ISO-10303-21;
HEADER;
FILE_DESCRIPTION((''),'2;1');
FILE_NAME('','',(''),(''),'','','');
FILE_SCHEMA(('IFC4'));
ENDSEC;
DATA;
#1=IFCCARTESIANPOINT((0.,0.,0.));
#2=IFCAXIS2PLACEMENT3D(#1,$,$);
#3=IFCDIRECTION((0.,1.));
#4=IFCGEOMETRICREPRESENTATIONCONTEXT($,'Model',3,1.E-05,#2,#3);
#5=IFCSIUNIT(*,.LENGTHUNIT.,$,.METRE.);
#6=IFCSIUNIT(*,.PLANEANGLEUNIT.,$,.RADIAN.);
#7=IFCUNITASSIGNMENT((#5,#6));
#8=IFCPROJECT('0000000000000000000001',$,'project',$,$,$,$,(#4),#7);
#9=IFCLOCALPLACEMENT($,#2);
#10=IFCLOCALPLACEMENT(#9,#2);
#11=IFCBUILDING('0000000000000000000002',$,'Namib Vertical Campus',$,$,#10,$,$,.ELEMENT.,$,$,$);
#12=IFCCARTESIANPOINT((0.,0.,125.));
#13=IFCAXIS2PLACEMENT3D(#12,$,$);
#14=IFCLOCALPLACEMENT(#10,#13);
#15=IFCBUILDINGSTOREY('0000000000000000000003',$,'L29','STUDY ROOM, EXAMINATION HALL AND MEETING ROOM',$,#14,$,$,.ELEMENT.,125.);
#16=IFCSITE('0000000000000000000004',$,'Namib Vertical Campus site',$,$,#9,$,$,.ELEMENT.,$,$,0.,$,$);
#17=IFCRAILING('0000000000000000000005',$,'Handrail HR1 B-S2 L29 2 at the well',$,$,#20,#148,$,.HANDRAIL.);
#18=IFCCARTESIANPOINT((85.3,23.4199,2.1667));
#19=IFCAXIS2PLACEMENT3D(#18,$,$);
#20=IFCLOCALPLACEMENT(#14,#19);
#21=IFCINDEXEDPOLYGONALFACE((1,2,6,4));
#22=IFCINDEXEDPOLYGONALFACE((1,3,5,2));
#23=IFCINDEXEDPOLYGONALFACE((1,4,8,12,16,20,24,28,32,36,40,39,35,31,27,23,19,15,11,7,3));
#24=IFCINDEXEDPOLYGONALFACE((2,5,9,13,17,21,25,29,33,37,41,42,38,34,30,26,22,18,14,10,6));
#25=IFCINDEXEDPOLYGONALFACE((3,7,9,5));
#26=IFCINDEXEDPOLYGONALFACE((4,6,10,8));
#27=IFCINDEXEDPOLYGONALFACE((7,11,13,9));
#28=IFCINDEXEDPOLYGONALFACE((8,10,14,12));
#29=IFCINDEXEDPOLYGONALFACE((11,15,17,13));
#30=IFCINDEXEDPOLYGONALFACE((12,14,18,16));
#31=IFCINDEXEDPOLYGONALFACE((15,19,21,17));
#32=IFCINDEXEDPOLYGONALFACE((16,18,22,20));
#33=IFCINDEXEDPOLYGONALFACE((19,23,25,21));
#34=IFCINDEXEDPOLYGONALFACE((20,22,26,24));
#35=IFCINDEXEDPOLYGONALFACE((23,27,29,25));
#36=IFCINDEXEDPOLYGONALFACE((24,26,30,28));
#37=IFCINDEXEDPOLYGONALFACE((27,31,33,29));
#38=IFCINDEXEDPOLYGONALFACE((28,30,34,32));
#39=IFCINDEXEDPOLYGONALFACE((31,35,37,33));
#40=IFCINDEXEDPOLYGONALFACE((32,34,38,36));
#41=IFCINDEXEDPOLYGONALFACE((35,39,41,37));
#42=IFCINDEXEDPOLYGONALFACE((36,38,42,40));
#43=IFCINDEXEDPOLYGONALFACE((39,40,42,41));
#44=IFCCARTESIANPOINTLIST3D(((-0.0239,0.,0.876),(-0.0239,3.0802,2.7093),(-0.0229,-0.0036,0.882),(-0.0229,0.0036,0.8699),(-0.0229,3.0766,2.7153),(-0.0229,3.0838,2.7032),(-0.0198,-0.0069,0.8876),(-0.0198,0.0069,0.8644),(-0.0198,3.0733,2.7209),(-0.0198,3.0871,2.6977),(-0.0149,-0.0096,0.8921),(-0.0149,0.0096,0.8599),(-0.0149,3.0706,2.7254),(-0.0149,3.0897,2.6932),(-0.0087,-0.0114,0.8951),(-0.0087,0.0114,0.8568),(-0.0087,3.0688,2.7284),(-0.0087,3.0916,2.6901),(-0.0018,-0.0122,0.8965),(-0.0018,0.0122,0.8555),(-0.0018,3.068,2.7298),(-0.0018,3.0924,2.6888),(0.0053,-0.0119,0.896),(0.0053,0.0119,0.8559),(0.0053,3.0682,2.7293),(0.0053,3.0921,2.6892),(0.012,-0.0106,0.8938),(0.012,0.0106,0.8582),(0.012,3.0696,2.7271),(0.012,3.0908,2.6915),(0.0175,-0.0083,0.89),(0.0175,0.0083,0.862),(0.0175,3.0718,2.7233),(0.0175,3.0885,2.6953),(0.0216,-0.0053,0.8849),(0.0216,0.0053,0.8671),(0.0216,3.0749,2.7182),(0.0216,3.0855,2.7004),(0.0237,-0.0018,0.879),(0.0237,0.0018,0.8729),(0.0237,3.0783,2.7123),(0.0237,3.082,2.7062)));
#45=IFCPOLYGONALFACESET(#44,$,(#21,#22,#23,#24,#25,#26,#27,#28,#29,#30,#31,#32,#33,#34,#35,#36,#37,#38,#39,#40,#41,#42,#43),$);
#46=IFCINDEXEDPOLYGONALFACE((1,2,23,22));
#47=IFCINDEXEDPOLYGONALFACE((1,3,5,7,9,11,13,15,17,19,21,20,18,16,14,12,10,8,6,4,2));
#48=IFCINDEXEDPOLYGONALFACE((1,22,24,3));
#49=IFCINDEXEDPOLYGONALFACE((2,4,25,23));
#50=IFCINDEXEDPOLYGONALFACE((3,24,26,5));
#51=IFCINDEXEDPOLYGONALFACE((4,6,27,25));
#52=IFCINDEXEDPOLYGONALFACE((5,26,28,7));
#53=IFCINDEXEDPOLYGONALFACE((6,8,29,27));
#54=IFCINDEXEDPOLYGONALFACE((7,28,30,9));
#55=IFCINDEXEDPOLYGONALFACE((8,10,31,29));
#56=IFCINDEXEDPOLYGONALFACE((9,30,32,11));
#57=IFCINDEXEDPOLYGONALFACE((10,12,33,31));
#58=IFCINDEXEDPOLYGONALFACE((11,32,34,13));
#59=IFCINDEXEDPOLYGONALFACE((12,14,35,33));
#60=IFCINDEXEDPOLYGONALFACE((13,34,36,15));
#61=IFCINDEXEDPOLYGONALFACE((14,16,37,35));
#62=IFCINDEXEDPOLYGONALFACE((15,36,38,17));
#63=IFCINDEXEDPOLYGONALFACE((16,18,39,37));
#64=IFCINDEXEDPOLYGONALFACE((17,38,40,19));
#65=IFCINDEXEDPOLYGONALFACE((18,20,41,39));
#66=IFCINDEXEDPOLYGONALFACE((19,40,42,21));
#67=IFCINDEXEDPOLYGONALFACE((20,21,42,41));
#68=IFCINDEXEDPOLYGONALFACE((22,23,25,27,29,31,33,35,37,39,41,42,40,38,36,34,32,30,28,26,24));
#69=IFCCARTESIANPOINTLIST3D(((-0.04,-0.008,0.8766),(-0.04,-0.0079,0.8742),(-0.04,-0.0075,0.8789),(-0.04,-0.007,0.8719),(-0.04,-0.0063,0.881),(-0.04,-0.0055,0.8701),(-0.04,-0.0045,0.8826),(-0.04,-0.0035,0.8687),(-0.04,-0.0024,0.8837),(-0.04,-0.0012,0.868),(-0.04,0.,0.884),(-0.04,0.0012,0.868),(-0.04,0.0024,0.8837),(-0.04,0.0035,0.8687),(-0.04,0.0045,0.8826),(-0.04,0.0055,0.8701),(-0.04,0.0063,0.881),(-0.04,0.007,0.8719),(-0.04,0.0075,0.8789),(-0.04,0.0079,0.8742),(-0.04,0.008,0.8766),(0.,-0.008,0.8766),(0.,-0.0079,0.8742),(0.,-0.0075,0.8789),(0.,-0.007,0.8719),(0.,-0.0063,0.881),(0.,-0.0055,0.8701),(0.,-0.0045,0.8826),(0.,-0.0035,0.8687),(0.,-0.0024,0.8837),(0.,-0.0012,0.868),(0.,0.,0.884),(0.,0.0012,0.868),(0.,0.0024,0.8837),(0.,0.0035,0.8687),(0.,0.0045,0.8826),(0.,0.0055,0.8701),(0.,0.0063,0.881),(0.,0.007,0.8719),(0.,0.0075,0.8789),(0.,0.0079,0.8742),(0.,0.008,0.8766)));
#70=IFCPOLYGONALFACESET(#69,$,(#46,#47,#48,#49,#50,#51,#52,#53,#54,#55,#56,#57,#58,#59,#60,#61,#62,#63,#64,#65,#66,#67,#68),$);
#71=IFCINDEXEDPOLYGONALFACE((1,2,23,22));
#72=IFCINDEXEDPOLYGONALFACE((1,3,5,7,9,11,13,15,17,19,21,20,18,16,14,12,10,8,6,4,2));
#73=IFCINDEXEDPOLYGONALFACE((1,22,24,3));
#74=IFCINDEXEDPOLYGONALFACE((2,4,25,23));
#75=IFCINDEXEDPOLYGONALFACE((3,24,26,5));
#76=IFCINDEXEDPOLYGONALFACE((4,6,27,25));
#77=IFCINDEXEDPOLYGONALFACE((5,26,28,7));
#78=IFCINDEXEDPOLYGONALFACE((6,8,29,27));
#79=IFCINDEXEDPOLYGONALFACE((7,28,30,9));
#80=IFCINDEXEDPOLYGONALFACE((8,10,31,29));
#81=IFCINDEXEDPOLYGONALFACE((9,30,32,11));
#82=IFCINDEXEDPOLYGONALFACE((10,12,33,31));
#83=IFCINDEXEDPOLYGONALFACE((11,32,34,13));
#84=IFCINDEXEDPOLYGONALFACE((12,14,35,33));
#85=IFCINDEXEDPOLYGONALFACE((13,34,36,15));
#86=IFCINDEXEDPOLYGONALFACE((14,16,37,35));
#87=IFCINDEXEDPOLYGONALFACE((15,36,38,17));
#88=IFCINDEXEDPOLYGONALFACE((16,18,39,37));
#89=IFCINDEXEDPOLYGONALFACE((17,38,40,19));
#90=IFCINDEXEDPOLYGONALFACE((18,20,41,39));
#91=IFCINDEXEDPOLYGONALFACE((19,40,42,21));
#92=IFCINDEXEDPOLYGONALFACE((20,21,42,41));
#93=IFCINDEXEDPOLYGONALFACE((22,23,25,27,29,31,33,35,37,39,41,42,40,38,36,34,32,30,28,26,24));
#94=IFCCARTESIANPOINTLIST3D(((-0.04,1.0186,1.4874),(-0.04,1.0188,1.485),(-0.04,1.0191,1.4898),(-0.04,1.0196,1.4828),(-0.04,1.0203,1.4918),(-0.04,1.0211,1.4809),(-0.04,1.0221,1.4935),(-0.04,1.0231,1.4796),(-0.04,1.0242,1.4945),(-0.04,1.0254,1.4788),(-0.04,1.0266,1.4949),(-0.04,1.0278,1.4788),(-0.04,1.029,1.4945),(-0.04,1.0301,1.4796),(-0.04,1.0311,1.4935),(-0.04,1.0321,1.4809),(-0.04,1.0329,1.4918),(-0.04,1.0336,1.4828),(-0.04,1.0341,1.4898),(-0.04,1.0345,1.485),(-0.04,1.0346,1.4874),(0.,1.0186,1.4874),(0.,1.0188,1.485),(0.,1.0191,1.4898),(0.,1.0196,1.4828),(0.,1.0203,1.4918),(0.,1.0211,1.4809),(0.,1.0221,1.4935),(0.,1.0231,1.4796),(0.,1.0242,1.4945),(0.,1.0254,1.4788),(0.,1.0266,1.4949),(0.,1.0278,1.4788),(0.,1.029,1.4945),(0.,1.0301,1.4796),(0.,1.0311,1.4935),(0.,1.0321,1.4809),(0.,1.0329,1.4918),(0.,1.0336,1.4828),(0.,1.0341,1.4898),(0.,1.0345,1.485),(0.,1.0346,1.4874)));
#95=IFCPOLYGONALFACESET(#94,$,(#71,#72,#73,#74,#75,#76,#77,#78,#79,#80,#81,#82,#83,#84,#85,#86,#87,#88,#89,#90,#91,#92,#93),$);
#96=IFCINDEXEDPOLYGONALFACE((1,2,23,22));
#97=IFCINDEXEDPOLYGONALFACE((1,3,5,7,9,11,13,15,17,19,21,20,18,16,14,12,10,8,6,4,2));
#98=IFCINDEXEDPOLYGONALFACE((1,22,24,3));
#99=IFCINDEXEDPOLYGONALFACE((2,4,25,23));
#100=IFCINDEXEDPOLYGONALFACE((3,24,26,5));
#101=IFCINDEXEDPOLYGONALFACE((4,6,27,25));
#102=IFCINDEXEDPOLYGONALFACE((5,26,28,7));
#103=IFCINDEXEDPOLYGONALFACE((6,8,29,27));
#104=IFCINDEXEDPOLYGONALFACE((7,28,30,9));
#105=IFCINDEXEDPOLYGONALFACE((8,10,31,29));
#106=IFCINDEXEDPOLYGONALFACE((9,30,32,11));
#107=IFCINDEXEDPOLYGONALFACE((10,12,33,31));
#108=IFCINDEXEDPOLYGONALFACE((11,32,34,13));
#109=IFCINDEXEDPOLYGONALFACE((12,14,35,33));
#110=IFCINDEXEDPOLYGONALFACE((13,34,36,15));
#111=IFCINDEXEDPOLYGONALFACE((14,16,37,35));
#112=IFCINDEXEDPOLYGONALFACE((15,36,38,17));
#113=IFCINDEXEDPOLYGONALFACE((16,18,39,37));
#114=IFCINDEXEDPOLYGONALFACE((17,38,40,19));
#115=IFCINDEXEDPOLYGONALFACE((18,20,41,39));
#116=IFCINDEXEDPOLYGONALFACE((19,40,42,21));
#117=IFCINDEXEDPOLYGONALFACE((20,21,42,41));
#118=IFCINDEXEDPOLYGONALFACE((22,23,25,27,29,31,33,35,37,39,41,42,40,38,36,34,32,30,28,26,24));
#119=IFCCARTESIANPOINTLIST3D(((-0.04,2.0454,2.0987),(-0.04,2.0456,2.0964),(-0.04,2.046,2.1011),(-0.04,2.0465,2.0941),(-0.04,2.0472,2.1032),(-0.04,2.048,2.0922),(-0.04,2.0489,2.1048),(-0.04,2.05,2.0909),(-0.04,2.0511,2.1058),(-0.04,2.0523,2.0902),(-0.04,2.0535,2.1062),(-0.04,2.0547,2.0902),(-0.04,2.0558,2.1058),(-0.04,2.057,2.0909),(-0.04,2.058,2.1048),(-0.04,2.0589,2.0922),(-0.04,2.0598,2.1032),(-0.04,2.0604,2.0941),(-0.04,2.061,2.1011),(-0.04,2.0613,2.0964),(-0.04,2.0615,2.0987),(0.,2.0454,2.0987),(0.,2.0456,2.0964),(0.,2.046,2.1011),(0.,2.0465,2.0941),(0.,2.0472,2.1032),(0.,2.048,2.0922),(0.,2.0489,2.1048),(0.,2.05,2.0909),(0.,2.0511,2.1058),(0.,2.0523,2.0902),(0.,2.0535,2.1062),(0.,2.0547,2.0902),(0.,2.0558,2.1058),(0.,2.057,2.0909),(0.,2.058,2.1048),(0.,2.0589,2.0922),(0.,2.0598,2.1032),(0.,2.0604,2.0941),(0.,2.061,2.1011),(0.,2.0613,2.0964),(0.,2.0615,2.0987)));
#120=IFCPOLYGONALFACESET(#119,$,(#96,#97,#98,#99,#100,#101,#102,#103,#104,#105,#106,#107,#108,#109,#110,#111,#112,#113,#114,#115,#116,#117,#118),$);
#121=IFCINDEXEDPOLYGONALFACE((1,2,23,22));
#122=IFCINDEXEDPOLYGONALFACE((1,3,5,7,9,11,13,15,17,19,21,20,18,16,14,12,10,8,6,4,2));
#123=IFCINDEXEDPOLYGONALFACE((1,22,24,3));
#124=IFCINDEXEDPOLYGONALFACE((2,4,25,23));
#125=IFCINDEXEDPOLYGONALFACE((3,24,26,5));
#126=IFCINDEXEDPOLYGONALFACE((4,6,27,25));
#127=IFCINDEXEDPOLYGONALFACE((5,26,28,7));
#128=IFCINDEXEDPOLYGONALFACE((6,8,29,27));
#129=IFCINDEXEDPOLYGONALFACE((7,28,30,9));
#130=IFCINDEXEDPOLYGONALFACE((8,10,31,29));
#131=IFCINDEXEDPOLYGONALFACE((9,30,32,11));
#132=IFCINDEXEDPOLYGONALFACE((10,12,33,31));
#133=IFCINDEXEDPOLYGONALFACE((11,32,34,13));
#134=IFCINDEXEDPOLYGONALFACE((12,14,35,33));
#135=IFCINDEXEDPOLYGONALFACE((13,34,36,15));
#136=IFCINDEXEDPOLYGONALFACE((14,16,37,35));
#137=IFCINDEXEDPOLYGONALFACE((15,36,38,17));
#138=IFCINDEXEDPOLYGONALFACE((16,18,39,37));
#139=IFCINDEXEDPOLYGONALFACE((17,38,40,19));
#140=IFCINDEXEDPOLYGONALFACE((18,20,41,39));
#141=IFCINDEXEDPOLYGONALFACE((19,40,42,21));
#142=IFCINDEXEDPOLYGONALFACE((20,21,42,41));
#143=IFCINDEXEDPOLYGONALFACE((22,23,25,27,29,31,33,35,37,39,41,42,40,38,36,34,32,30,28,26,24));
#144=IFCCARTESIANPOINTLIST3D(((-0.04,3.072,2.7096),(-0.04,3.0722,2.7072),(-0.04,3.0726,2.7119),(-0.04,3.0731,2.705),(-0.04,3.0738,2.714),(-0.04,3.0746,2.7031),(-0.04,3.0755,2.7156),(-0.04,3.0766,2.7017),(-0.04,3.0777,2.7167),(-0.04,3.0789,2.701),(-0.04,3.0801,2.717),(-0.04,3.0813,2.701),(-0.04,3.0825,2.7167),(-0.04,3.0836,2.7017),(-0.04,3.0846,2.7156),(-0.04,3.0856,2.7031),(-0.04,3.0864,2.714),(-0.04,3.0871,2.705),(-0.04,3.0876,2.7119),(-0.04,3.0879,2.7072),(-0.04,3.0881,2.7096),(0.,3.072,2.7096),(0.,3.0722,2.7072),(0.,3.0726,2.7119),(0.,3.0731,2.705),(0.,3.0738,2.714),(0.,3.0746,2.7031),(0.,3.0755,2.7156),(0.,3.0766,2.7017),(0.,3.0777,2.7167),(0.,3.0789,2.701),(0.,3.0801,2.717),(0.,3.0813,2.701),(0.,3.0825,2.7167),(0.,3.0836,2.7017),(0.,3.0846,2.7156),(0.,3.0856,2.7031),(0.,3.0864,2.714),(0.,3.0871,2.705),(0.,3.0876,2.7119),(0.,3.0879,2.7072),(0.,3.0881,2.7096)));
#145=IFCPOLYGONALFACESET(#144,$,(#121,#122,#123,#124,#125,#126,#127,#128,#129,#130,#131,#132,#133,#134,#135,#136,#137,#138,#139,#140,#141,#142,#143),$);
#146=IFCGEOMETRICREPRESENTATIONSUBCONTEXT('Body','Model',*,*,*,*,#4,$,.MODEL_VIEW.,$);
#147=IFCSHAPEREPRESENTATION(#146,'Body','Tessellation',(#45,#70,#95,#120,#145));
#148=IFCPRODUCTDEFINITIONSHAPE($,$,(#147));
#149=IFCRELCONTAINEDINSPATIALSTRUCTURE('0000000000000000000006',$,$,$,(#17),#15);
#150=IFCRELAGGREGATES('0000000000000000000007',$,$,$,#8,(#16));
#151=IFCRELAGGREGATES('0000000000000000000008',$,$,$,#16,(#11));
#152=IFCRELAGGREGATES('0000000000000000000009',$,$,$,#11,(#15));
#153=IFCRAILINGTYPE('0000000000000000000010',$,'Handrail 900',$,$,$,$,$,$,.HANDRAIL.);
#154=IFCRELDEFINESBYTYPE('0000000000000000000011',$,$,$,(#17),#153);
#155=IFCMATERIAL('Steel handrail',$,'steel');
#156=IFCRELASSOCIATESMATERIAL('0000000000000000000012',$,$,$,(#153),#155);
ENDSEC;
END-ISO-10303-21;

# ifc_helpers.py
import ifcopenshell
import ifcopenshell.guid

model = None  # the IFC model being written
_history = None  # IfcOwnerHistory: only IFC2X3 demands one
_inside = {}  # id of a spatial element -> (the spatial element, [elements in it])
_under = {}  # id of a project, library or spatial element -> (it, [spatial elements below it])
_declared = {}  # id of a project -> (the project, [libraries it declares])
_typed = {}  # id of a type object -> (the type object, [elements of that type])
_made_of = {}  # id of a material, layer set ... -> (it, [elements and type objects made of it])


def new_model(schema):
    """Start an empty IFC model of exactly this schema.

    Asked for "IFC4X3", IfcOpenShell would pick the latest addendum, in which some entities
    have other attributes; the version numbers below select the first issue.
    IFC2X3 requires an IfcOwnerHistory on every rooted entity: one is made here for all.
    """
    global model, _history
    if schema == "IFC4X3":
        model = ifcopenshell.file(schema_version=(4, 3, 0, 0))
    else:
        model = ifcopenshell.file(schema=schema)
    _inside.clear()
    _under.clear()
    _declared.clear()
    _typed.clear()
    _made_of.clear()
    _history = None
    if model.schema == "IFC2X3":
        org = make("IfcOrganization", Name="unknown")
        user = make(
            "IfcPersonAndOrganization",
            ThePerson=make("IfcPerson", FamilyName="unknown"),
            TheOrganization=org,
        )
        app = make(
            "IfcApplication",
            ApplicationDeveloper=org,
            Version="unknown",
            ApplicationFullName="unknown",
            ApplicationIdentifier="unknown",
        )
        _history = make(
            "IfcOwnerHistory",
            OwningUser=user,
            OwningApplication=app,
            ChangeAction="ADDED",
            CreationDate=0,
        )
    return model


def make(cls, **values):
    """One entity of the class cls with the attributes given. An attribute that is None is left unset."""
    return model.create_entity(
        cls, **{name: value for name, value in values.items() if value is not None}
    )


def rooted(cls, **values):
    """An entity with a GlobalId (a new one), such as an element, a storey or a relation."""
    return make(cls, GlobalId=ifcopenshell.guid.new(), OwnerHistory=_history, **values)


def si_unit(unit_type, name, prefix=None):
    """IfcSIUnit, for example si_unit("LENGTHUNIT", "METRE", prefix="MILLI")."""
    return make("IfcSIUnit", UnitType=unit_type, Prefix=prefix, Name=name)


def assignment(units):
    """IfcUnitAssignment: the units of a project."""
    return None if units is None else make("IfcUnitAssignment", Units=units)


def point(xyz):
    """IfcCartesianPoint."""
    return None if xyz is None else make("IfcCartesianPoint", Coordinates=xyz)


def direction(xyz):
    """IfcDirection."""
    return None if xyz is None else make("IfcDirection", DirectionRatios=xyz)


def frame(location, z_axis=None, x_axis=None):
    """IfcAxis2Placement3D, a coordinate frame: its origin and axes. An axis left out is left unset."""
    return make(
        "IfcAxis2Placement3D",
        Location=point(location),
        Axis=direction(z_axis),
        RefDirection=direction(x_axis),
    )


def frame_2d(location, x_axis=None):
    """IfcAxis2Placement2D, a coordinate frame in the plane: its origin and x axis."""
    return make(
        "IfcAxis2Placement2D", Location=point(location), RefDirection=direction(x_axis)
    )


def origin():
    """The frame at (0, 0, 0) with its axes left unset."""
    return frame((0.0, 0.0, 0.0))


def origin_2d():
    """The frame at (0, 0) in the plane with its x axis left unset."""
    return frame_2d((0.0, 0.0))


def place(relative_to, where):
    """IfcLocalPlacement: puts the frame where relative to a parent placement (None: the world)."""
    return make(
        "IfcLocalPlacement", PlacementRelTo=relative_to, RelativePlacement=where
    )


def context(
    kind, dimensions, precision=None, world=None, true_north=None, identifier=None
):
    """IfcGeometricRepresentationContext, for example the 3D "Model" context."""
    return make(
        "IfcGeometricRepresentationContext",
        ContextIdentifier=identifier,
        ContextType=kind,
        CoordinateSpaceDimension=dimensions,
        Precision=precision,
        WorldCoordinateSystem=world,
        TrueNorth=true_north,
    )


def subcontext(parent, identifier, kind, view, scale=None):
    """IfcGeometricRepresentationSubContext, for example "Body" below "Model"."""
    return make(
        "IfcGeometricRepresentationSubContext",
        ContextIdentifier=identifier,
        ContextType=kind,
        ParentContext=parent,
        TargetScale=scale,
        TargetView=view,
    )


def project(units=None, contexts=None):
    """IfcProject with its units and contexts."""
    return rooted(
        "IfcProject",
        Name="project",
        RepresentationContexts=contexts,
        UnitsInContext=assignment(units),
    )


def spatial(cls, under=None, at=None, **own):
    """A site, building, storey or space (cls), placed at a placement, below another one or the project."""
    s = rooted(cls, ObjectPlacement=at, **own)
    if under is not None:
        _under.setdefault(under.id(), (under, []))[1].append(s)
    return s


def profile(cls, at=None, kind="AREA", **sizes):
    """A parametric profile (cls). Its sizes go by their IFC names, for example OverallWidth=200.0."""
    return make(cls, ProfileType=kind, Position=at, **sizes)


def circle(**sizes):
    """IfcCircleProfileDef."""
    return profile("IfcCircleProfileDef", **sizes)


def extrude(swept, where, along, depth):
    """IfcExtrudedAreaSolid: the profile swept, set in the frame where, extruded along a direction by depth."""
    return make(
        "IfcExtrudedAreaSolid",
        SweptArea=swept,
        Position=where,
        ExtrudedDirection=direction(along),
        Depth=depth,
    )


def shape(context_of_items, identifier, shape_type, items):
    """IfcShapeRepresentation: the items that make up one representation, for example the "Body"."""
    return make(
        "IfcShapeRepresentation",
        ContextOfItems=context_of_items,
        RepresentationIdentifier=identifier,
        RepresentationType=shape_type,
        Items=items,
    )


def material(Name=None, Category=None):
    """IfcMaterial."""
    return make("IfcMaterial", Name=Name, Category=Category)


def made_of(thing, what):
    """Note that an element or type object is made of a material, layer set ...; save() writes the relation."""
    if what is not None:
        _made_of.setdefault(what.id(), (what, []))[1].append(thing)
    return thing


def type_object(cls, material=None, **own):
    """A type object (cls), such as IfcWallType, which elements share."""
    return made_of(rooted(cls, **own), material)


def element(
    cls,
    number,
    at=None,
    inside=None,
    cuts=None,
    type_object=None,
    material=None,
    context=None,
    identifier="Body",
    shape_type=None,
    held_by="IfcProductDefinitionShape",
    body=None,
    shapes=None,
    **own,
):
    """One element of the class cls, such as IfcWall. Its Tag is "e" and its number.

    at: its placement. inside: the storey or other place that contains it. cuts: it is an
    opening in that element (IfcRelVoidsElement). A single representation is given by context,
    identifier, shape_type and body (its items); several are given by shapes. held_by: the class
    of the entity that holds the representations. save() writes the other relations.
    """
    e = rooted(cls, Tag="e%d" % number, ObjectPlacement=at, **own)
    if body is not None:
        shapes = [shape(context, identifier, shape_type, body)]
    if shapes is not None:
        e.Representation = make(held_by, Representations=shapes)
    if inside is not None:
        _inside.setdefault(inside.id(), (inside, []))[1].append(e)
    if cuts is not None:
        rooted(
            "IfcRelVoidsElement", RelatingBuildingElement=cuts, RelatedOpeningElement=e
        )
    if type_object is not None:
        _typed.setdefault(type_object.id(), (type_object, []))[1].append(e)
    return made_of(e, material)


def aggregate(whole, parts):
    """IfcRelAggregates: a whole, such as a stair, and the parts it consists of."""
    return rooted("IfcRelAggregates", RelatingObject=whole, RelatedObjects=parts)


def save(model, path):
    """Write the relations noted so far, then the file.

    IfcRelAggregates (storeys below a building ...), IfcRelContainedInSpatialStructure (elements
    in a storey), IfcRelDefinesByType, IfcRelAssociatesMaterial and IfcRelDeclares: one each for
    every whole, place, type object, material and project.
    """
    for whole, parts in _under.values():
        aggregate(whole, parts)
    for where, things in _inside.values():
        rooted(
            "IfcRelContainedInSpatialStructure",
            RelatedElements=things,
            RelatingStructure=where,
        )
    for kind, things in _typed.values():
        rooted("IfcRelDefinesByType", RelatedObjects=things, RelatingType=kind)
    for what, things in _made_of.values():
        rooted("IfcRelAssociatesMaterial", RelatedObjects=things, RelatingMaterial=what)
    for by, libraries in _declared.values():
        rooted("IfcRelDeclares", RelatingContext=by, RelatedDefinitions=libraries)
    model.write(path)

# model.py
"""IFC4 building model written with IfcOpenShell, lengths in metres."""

from ifc_helpers import new_model, si_unit, direction, frame, origin, origin_2d, place, context, subcontext, project, spatial, circle, extrude, material, type_object, element, save


model = new_model("IFC4")

# Units and contexts
model_context = context("Model", 3, precision=1e-05, world=origin(), true_north=direction((0.0, 1.0)))
body_context = subcontext(model_context, "Body", "Model", "MODEL_VIEW")
ifc_project = project(units=[si_unit("LENGTHUNIT", "METRE"), si_unit("PLANEANGLEUNIT", "RADIAN")], contexts=[model_context])

# Site, building, storey
site_placement = place(None, origin())
site = spatial("IfcSite", under=ifc_project, at=site_placement, Name="Namib Vertical Campus site", CompositionType="ELEMENT", RefElevation=0.0)
building_placement = place(site_placement, origin())
building = spatial("IfcBuilding", under=site, at=building_placement, Name="Namib Vertical Campus", CompositionType="ELEMENT")
storey_placement = place(building_placement, frame((0.0, 0.0, 125.0)))
storey = spatial("IfcBuildingStorey", under=building, at=storey_placement, Name="L29", Description="STUDY ROOM, EXAMINATION HALL AND MEETING ROOM", CompositionType="ELEMENT", Elevation=125.0)

# Railing
ifc_material_1 = material(Name="Steel handrail", Category="steel")
railing_type = type_object("IfcRailingType", Name="Handrail 900", PredefinedType="HANDRAIL", material=ifc_material_1)
railing_placement = place(storey_placement, frame((85.3, 23.4199, 2.1667)))
element("IfcRailing", 1, at=railing_placement, inside=storey, type_object=railing_type, Name="Handrail HR1 B-S2 L29 2 at the well", PredefinedType="HANDRAIL", context=body_context, shape_type="SweptSolid", body=[
    extrude(circle(Radius=0.0239, at=origin_2d()), frame((0.0, 0.0, 0.876), z_axis=(0.0, 0.859309, 0.511458), x_axis=(-1.0, 0.0, 0.0)), (0.0, 0.0, 1.0), 3.5845),
    extrude(circle(Radius=0.0081, at=origin_2d()), frame((0.0, 0.0, 0.876), z_axis=(-1.0, 0.0, 0.0), x_axis=(0.0, 0.0, 1.0)), (0.0, 0.0, 1.0), 0.04),
    extrude(circle(Radius=0.0081, at=origin_2d()), frame((0.0, 1.0266, 1.4868), z_axis=(-1.0, 0.0, 0.0), x_axis=(0.0, 0.0, 1.0)), (0.0, 0.0, 1.0), 0.04),
    extrude(circle(Radius=0.0081, at=origin_2d()), frame((0.0, 2.0535, 2.0981), z_axis=(-1.0, 0.0, 0.0), x_axis=(0.0, 0.0, 1.0)), (0.0, 0.0, 1.0), 0.04),
    extrude(circle(Radius=0.0081, at=origin_2d()), frame((0.0, 3.0801, 2.709), z_axis=(-1.0, 0.0, 0.0), x_axis=(0.0, 0.0, 1.0)), (0.0, 0.0, 1.0), 0.04),
])

save(model, "model.ifc")
